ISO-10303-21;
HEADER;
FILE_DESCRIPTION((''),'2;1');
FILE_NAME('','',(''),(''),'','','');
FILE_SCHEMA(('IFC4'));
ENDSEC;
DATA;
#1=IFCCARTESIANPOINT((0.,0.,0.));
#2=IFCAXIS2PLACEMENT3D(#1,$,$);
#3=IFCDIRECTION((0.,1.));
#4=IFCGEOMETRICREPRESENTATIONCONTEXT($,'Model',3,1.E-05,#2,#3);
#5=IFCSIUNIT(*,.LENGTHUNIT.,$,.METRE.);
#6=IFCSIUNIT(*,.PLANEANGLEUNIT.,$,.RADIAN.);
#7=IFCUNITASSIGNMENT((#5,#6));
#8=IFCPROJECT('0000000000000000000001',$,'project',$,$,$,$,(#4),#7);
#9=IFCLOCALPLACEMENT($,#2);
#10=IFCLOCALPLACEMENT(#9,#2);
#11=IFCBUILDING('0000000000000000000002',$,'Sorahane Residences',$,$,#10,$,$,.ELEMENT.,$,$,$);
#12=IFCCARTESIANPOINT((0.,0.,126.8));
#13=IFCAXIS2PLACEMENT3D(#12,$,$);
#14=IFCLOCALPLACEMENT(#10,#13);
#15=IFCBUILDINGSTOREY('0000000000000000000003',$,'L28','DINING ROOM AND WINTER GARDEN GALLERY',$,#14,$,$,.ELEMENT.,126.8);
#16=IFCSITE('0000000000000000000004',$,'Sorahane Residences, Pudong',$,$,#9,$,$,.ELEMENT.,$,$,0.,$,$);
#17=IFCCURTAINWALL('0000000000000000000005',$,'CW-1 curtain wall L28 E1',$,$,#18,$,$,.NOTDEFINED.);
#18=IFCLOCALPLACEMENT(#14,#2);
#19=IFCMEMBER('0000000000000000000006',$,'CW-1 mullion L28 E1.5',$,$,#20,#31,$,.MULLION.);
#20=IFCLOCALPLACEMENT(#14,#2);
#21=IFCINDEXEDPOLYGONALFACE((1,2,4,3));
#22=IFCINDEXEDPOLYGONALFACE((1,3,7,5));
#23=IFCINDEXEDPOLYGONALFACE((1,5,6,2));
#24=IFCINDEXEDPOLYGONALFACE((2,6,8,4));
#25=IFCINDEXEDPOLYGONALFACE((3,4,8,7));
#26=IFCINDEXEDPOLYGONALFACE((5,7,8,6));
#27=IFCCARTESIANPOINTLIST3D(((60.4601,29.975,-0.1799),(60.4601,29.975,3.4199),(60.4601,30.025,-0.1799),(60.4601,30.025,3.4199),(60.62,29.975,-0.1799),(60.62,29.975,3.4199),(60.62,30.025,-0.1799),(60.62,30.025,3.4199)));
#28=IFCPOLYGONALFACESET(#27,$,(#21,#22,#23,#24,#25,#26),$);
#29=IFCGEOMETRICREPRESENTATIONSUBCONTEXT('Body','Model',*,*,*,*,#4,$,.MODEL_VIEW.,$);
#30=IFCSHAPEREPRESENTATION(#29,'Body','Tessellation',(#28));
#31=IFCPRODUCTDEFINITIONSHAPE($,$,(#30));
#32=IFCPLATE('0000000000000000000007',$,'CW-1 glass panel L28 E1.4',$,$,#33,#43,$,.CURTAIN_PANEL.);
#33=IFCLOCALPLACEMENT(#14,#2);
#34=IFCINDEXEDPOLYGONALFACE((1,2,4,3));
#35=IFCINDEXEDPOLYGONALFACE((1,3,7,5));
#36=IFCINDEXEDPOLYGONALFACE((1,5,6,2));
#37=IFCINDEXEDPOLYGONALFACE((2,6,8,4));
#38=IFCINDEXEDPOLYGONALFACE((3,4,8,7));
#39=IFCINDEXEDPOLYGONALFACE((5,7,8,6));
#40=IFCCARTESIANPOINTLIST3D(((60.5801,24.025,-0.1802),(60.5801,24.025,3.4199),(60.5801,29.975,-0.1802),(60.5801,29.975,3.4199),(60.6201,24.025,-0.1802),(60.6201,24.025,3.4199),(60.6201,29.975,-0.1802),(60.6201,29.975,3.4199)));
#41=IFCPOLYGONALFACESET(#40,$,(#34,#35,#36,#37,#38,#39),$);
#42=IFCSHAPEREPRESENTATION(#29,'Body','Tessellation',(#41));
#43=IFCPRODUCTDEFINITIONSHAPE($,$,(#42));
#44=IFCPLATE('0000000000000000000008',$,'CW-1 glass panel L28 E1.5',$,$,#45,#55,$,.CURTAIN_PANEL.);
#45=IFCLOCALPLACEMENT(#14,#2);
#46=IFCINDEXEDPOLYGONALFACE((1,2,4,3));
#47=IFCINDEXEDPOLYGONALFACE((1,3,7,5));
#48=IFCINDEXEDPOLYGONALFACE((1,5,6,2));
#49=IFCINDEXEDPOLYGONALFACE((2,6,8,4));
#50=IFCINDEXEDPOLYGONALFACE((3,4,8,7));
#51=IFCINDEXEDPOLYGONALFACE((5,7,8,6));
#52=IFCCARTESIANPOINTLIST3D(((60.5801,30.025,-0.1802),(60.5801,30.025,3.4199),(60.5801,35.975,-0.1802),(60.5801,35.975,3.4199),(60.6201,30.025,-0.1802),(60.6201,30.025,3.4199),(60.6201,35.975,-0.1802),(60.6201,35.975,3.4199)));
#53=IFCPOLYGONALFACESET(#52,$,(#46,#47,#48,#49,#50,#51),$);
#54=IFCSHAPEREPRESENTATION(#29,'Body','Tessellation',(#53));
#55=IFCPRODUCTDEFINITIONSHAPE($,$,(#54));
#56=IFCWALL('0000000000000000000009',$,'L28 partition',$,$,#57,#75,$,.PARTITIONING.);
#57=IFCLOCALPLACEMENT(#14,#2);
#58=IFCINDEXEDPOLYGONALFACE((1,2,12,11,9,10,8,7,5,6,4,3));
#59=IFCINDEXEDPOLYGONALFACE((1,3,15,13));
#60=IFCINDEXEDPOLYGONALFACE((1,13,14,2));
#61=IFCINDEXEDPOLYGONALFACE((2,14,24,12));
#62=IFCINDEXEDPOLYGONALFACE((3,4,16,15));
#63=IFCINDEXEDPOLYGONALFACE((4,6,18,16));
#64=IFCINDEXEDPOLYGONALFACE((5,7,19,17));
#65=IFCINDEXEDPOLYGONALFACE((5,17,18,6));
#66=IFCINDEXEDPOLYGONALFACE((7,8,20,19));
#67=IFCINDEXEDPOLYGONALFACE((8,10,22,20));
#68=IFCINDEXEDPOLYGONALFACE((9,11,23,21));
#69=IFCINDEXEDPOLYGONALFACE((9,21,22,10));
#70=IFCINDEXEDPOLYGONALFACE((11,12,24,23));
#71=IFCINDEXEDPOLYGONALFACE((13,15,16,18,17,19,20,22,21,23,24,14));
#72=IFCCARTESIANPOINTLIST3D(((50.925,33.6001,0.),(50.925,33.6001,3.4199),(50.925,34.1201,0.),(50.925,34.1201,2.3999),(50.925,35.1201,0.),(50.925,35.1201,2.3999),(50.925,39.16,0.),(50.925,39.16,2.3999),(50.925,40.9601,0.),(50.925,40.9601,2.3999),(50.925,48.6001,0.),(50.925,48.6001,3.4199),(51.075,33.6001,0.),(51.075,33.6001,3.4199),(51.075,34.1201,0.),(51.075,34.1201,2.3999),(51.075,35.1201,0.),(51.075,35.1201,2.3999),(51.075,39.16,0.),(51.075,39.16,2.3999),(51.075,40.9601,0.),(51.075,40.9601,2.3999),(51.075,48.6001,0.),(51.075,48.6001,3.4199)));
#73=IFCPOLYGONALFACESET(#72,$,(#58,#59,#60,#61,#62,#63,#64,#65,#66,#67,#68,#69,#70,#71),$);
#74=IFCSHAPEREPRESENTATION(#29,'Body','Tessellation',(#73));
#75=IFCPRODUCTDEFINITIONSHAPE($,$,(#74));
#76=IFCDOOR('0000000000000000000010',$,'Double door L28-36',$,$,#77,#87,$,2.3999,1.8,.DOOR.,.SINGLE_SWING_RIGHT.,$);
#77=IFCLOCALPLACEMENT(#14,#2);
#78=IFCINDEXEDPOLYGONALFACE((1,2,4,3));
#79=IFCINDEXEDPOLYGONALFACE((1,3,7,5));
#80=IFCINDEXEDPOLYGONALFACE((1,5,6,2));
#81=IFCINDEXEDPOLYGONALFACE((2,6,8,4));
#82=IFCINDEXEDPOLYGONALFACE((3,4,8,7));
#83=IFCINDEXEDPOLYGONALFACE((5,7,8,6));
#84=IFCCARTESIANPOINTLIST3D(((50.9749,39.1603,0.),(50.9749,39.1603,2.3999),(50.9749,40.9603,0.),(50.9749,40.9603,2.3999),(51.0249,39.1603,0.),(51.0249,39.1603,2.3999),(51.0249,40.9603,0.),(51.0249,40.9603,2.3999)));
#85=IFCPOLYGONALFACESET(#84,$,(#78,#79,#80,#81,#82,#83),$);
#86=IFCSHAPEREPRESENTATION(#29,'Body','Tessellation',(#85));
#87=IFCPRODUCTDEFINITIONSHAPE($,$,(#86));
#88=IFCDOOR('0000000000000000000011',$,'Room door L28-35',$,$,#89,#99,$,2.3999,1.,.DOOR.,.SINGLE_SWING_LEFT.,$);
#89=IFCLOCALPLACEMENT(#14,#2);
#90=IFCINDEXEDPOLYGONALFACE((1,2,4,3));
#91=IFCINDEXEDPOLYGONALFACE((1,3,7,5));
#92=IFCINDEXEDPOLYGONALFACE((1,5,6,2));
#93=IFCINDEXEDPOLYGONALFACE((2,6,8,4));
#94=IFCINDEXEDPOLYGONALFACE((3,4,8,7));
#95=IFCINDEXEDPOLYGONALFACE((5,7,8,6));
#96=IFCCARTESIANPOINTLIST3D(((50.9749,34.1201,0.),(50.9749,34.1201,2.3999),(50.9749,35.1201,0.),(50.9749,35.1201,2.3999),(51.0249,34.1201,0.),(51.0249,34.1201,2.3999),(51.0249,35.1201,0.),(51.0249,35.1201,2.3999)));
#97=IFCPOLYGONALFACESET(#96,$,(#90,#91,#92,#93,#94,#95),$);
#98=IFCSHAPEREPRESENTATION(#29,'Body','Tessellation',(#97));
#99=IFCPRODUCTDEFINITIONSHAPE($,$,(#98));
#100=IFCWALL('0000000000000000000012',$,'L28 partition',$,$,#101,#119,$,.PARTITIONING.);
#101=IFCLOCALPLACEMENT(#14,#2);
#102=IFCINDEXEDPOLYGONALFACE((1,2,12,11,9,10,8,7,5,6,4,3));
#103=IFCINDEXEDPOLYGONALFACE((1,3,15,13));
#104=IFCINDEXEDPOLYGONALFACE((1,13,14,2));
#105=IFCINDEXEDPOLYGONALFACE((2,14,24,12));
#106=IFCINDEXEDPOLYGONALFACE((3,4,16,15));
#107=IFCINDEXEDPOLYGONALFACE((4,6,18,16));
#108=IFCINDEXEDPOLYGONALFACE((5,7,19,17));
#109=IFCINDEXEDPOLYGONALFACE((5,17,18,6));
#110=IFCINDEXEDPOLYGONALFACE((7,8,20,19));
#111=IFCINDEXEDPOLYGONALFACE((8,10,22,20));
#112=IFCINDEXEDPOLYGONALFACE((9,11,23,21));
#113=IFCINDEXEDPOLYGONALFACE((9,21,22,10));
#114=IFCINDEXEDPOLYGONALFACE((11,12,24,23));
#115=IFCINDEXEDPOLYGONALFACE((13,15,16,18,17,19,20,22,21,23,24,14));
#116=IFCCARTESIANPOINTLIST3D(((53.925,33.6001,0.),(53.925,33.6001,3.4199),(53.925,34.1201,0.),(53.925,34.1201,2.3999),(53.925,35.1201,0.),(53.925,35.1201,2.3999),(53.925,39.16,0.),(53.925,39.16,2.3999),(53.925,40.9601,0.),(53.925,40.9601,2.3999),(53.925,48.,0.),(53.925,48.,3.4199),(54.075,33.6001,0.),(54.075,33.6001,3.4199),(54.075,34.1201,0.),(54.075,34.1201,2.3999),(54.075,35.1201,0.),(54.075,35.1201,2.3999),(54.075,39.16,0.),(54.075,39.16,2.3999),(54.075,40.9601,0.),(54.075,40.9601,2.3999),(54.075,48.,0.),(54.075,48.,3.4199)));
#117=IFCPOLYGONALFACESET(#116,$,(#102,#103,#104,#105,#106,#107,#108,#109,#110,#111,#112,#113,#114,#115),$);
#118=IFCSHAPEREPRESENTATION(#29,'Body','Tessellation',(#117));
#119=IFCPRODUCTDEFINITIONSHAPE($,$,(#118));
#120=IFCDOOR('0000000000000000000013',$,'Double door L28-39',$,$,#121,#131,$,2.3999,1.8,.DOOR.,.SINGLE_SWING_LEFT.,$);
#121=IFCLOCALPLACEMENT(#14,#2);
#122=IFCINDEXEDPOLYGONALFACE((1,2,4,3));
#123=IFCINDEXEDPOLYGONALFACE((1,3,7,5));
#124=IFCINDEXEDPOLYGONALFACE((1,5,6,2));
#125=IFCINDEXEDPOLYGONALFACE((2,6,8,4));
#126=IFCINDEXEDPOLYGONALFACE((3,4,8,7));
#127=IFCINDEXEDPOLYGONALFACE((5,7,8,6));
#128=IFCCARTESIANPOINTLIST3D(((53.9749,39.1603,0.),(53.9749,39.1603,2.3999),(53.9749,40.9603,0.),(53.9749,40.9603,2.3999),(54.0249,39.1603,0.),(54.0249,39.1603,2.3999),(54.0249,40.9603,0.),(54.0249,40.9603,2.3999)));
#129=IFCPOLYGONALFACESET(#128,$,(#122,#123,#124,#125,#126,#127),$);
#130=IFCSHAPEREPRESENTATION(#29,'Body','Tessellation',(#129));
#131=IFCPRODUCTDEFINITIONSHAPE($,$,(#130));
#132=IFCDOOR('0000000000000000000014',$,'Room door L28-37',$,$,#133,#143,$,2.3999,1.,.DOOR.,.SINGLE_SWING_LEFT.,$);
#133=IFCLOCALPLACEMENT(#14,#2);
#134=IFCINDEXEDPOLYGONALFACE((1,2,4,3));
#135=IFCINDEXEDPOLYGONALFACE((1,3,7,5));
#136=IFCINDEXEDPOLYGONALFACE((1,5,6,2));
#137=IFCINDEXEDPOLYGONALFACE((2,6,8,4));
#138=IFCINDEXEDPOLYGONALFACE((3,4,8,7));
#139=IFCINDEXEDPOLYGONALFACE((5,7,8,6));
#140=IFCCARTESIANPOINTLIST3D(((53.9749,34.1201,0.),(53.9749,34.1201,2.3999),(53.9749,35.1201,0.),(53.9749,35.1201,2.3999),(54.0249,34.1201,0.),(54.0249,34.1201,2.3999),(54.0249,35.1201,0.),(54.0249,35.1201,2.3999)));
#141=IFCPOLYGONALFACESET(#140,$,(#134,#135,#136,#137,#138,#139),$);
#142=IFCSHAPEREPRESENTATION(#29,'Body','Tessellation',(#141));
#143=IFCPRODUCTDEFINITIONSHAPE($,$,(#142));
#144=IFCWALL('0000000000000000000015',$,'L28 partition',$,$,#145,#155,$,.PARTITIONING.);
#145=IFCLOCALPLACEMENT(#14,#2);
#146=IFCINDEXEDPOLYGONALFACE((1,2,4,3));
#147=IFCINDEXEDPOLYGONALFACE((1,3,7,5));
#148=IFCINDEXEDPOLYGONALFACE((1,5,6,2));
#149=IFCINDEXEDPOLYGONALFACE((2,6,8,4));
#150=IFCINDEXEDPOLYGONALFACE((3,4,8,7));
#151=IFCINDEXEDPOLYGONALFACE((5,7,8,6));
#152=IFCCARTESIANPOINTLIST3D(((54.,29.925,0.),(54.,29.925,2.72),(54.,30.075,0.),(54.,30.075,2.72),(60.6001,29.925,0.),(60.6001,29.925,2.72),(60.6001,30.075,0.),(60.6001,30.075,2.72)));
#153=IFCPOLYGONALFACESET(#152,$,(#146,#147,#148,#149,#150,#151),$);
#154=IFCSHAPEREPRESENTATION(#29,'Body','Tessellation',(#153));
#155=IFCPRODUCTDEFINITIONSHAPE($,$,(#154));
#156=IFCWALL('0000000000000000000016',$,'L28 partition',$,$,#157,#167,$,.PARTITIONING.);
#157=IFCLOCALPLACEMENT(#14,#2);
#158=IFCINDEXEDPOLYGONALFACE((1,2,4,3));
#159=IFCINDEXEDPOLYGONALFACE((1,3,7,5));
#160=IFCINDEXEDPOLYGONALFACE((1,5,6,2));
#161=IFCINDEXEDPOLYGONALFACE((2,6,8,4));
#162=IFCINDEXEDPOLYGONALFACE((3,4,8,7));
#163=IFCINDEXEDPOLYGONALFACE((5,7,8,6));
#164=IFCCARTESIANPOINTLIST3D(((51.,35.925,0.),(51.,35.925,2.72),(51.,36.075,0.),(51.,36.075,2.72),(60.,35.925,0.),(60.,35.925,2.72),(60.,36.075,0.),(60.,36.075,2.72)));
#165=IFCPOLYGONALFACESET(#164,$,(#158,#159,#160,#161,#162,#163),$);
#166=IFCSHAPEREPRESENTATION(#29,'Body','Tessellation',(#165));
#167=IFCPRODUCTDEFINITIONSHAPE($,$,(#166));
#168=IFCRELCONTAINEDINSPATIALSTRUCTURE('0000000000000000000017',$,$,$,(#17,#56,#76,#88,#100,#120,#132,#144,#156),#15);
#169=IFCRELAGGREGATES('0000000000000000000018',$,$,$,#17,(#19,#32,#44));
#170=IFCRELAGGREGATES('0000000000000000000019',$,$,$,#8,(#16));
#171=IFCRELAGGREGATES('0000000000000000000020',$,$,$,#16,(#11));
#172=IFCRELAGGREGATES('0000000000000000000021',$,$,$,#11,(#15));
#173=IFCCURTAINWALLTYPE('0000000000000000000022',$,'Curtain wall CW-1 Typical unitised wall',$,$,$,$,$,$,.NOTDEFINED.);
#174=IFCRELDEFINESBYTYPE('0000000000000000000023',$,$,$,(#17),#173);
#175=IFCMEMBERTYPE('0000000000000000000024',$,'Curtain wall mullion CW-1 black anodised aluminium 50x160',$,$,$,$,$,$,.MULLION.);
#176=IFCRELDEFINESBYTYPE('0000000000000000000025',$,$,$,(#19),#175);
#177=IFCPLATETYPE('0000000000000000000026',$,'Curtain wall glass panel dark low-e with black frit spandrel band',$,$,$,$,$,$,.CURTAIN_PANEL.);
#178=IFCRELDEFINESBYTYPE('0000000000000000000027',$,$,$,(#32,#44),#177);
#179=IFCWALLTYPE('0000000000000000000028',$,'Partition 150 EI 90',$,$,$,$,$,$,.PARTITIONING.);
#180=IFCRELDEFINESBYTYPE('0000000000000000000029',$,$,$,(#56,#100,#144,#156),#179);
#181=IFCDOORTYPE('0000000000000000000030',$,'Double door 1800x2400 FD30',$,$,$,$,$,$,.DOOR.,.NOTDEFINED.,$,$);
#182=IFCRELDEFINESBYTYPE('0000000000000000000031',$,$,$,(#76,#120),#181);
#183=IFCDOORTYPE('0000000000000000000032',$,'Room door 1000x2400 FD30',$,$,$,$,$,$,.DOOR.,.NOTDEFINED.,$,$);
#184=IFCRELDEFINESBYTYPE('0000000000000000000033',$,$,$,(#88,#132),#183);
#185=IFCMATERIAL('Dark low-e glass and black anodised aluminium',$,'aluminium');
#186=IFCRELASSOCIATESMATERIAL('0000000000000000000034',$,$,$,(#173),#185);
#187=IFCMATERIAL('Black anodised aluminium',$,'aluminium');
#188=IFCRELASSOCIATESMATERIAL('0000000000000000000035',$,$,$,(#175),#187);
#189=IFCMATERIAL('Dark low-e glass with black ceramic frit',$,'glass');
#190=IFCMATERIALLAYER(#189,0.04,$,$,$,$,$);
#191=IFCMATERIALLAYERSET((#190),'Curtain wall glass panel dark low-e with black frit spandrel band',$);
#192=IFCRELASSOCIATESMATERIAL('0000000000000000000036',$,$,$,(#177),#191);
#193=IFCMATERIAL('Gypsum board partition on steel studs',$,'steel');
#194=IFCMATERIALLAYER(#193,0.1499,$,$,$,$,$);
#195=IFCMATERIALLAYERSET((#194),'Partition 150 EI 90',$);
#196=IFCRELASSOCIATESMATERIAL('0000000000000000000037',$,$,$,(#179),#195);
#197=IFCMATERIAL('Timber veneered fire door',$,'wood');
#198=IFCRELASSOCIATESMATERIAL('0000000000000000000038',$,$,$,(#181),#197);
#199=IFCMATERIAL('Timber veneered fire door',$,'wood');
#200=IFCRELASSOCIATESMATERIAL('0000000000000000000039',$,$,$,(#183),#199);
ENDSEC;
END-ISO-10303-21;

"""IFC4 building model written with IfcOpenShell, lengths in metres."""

from ifc_helpers import new_model, si_unit, direction, frame, frame_2d, origin, origin_2d, place, context, subcontext, project, spatial, rectangle, extrude, material, layer, layer_set, material_profile, profile_set, type_object, element, fill, aggregate, save


model = new_model("IFC4")

# Units and contexts
model_context = context("Model", 3, precision=1e-05, world=origin(), true_north=direction((0.0, 1.0)))
body_context = subcontext(model_context, "Body", "Model", "MODEL_VIEW")
ifc_project = project(units=[si_unit("LENGTHUNIT", "METRE"), si_unit("PLANEANGLEUNIT", "RADIAN")], contexts=[model_context])

# Site, building, storey
site_placement = place(None, origin())
site = spatial("IfcSite", under=ifc_project, at=site_placement, Name="Sorahane Residences, Pudong", CompositionType="ELEMENT", RefElevation=0.0)
building_placement = place(site_placement, origin())
building = spatial("IfcBuilding", under=site, at=building_placement, Name="Sorahane Residences", CompositionType="ELEMENT")
storey_placement = place(building_placement, frame((0.0, 0.0, 126.8)))
storey = spatial("IfcBuildingStorey", under=building, at=storey_placement, Name="L28", Description="DINING ROOM AND WINTER GARDEN GALLERY", CompositionType="ELEMENT", Elevation=126.8)

# Curtain wall, member, plates
ifc_material_1 = material(Name="Dark low-e glass and black anodised aluminium", Category="aluminium")
curtain_wall_type = type_object("IfcCurtainWallType", Name="Curtain wall CW-1 Typical unitised wall", PredefinedType="NOTDEFINED", material=ifc_material_1)
curtain_wall_placement = place(storey_placement, origin())
curtain_wall = element("IfcCurtainWall", 1, at=curtain_wall_placement, inside=storey, type_object=curtain_wall_type, Name="CW-1 curtain wall L28 E1", PredefinedType="NOTDEFINED")
ifc_material_2 = material(Name="Black anodised aluminium", Category="aluminium")
ifc_material_profile = material_profile(ifc_material_2, rectangle(XDim=0.1599, YDim=0.05, at=origin_2d()), Name="Curtain wall mullion CW-1 black anodised aluminium 50x160")
ifc_profile_set = profile_set([ifc_material_profile], Name="Black anodised aluminium")
member_type = type_object("IfcMemberType", Name="Curtain wall mullion CW-1 black anodised aluminium 50x160", PredefinedType="MULLION", material=ifc_profile_set)
member_placement = place(storey_placement, frame((60.54, 30.0, -0.1799), z_axis=(0.0, 0.0, 1.0), x_axis=(1.0, 0.0, 0.0)))
member = element("IfcMember", 2, at=member_placement, type_object=member_type, Name="CW-1 mullion L28 E1.5", PredefinedType="MULLION", context=body_context, shape_type="SweptSolid", body=[
    extrude(rectangle(XDim=0.1599, YDim=0.05, at=origin_2d()), origin(), (0.0, 0.0, 1.0), 3.5999),
])
ifc_material_3 = material(Name="Dark low-e glass with black ceramic frit", Category="glass")
ifc_layer_1 = layer(ifc_material_3, 0.04)
ifc_layer_set_1 = layer_set([ifc_layer_1], Name="Curtain wall glass panel dark low-e with black frit spandrel band")
plate_type = type_object("IfcPlateType", Name="Curtain wall glass panel dark low-e with black frit spandrel band", PredefinedType="CURTAIN_PANEL", material=ifc_layer_set_1)
plate_1_placement = place(storey_placement, frame((60.6001, 27.0, -0.1802), z_axis=(0.0, 0.0, 1.0), x_axis=(0.0, 1.0, 0.0)))
plate_1 = element("IfcPlate", 3, at=plate_1_placement, type_object=plate_type, Name="CW-1 glass panel L28 E1.4", PredefinedType="CURTAIN_PANEL", context=body_context, shape_type="SweptSolid", body=[
    extrude(rectangle(XDim=5.95, YDim=0.04, at=origin_2d()), origin(), (0.0, 0.0, 1.0), 3.6001),
])
plate_2_placement = place(storey_placement, frame((60.6001, 33.0, -0.1802), z_axis=(0.0, 0.0, 1.0), x_axis=(0.0, 1.0, 0.0)))
plate_2 = element("IfcPlate", 4, at=plate_2_placement, type_object=plate_type, Name="CW-1 glass panel L28 E1.5", PredefinedType="CURTAIN_PANEL", context=body_context, shape_type="SweptSolid", body=[
    extrude(rectangle(XDim=5.95, YDim=0.04, at=origin_2d()), origin(), (0.0, 0.0, 1.0), 3.6001),
])
aggregate(curtain_wall, [member, plate_1, plate_2])

# Walls, openings, doors
ifc_material_4 = material(Name="Gypsum board partition on steel studs", Category="steel")
ifc_layer_2 = layer(ifc_material_4, 0.1499)
ifc_layer_set_2 = layer_set([ifc_layer_2], Name="Partition 150 EI 90")
wall_type_1 = type_object("IfcWallType", Name="Partition 150 EI 90", PredefinedType="PARTITIONING", material=ifc_layer_set_2)
wall_1_placement = place(storey_placement, frame((51.0, 33.6001, 0.0), z_axis=(0.0, 0.0, 1.0), x_axis=(0.0, 1.0, 0.0)))
wall_1 = element("IfcWall", 5, at=wall_1_placement, inside=storey, type_object=wall_type_1, Name="L28 partition", PredefinedType="PARTITIONING", context=body_context, shape_type="SweptSolid", body=[
    extrude(rectangle(XDim=15.0, YDim=0.1499, at=frame_2d((7.5, 0.0))), origin(), (0.0, 0.0, 1.0), 3.4199),
])
opening_1_placement = place(wall_1_placement, frame((0.52, 0.0, 0.0)))
opening_1 = element("IfcOpeningElement", 6, at=opening_1_placement, cuts=wall_1, PredefinedType="OPENING", context=body_context, shape_type="SweptSolid", body=[
    extrude(rectangle(XDim=1.0, YDim=2.3999, at=frame_2d((0.5, 1.2))), frame((0.0, 0.085, 0.0), z_axis=(0.0, -1.0, 0.0), x_axis=(1.0, 0.0, 0.0)), (0.0, 0.0, 1.0), 0.1699),
])
opening_2_placement = place(wall_1_placement, frame((5.5601, 0.0, 0.0)))
opening_2 = element("IfcOpeningElement", 7, at=opening_2_placement, cuts=wall_1, PredefinedType="OPENING", context=body_context, shape_type="SweptSolid", body=[
    extrude(rectangle(XDim=1.8, YDim=2.3999, at=frame_2d((0.8999, 1.2))), frame((0.0, 0.085, 0.0), z_axis=(0.0, -1.0, 0.0), x_axis=(1.0, 0.0, 0.0)), (0.0, 0.0, 1.0), 0.1699),
])
ifc_material_5 = material(Name="Timber veneered fire door", Category="wood")
door_type_1 = type_object("IfcDoorType", Name="Double door 1800x2400 FD30", OperationType="NOTDEFINED", PredefinedType="DOOR", material=ifc_material_5)
door_1_placement = place(opening_2_placement, frame((1.8, 0.0, 0.0), z_axis=(0.0, 0.0, 1.0), x_axis=(-1.0, 0.0, 0.0)))
door_1 = element("IfcDoor", 8, at=door_1_placement, inside=storey, type_object=door_type_1, Name="Double door L28-36", OperationType="SINGLE_SWING_RIGHT", OverallHeight=2.3999, OverallWidth=1.8, PredefinedType="DOOR", context=body_context, shape_type="SweptSolid", body=[
    extrude(rectangle(XDim=1.8, YDim=2.3999, at=frame_2d((0.8999, 1.2))), frame((0.0, 0.0249, 0.0), z_axis=(0.0, -1.0, 0.0), x_axis=(1.0, 0.0, 0.0)), (0.0, 0.0, 1.0), 0.05),
])
fill(opening_2, door_1)
ifc_material_6 = material(Name="Timber veneered fire door", Category="wood")
door_type_2 = type_object("IfcDoorType", Name="Room door 1000x2400 FD30", OperationType="NOTDEFINED", PredefinedType="DOOR", material=ifc_material_6)
door_2_placement = place(opening_1_placement, frame((1.0, 0.0, 0.0), z_axis=(0.0, 0.0, 1.0), x_axis=(-1.0, 0.0, 0.0)))
door_2 = element("IfcDoor", 9, at=door_2_placement, inside=storey, type_object=door_type_2, Name="Room door L28-35", OperationType="SINGLE_SWING_LEFT", OverallHeight=2.3999, OverallWidth=1.0, PredefinedType="DOOR", context=body_context, shape_type="SweptSolid", body=[
    extrude(rectangle(XDim=1.0, YDim=2.3999, at=frame_2d((0.5, 1.2))), frame((0.0, 0.0249, 0.0), z_axis=(0.0, -1.0, 0.0), x_axis=(1.0, 0.0, 0.0)), (0.0, 0.0, 1.0), 0.05),
])
fill(opening_1, door_2)
wall_2_placement = place(storey_placement, frame((54.0, 33.6001, 0.0), z_axis=(0.0, 0.0, 1.0), x_axis=(0.0, 1.0, 0.0)))
wall_2 = element("IfcWall", 10, at=wall_2_placement, inside=storey, type_object=wall_type_1, Name="L28 partition", PredefinedType="PARTITIONING", context=body_context, shape_type="SweptSolid", body=[
    extrude(rectangle(XDim=14.3999, YDim=0.1499, at=frame_2d((7.2, 0.0))), origin(), (0.0, 0.0, 1.0), 3.4199),
])
opening_3_placement = place(wall_2_placement, frame((0.52, 0.0, 0.0)))
opening_3 = element("IfcOpeningElement", 11, at=opening_3_placement, cuts=wall_2, PredefinedType="OPENING", context=body_context, shape_type="SweptSolid", body=[
    extrude(rectangle(XDim=1.0, YDim=2.3999, at=frame_2d((0.5, 1.2))), frame((0.0, 0.085, 0.0), z_axis=(0.0, -1.0, 0.0), x_axis=(1.0, 0.0, 0.0)), (0.0, 0.0, 1.0), 0.1699),
])
opening_4_placement = place(wall_2_placement, frame((5.5601, 0.0, 0.0)))
opening_4 = element("IfcOpeningElement", 12, at=opening_4_placement, cuts=wall_2, PredefinedType="OPENING", context=body_context, shape_type="SweptSolid", body=[
    extrude(rectangle(XDim=1.8, YDim=2.3999, at=frame_2d((0.8999, 1.2))), frame((0.0, 0.085, 0.0), z_axis=(0.0, -1.0, 0.0), x_axis=(1.0, 0.0, 0.0)), (0.0, 0.0, 1.0), 0.1699),
])
door_3_placement = place(opening_4_placement, frame((1.8, 0.0, 0.0), z_axis=(0.0, 0.0, 1.0), x_axis=(-1.0, 0.0, 0.0)))
door_3 = element("IfcDoor", 13, at=door_3_placement, inside=storey, type_object=door_type_1, Name="Double door L28-39", OperationType="SINGLE_SWING_LEFT", OverallHeight=2.3999, OverallWidth=1.8, PredefinedType="DOOR", context=body_context, shape_type="SweptSolid", body=[
    extrude(rectangle(XDim=1.8, YDim=2.3999, at=frame_2d((0.8999, 1.2))), frame((0.0, 0.0249, 0.0), z_axis=(0.0, -1.0, 0.0), x_axis=(1.0, 0.0, 0.0)), (0.0, 0.0, 1.0), 0.05),
])
fill(opening_4, door_3)
door_4_placement = place(opening_3_placement, frame((1.0, 0.0, 0.0), z_axis=(0.0, 0.0, 1.0), x_axis=(-1.0, 0.0, 0.0)))
door_4 = element("IfcDoor", 14, at=door_4_placement, inside=storey, type_object=door_type_2, Name="Room door L28-37", OperationType="SINGLE_SWING_LEFT", OverallHeight=2.3999, OverallWidth=1.0, PredefinedType="DOOR", context=body_context, shape_type="SweptSolid", body=[
    extrude(rectangle(XDim=1.0, YDim=2.3999, at=frame_2d((0.5, 1.2))), frame((0.0, 0.0249, 0.0), z_axis=(0.0, -1.0, 0.0), x_axis=(1.0, 0.0, 0.0)), (0.0, 0.0, 1.0), 0.05),
])
fill(opening_3, door_4)

# Walls
wall_3_placement = place(storey_placement, frame((54.0, 30.0, 0.0), z_axis=(0.0, 0.0, 1.0), x_axis=(1.0, 0.0, 0.0)))
element("IfcWall", 15, at=wall_3_placement, inside=storey, type_object=wall_type_1, Name="L28 partition", PredefinedType="PARTITIONING", context=body_context, shape_type="SweptSolid", body=[
    extrude(rectangle(XDim=6.6001, YDim=0.1499, at=frame_2d((3.3, 0.0))), origin(), (0.0, 0.0, 1.0), 2.72),
])
wall_4_placement = place(storey_placement, frame((51.0, 36.0, 0.0), z_axis=(0.0, 0.0, 1.0), x_axis=(1.0, 0.0, 0.0)))
element("IfcWall", 16, at=wall_4_placement, inside=storey, type_object=wall_type_1, Name="L28 partition", PredefinedType="PARTITIONING", context=body_context, shape_type="SweptSolid", body=[
    extrude(rectangle(XDim=9.0, YDim=0.1499, at=frame_2d((4.5, 0.0))), origin(), (0.0, 0.0, 1.0), 2.72),
])

save(model, "model.ifc")
